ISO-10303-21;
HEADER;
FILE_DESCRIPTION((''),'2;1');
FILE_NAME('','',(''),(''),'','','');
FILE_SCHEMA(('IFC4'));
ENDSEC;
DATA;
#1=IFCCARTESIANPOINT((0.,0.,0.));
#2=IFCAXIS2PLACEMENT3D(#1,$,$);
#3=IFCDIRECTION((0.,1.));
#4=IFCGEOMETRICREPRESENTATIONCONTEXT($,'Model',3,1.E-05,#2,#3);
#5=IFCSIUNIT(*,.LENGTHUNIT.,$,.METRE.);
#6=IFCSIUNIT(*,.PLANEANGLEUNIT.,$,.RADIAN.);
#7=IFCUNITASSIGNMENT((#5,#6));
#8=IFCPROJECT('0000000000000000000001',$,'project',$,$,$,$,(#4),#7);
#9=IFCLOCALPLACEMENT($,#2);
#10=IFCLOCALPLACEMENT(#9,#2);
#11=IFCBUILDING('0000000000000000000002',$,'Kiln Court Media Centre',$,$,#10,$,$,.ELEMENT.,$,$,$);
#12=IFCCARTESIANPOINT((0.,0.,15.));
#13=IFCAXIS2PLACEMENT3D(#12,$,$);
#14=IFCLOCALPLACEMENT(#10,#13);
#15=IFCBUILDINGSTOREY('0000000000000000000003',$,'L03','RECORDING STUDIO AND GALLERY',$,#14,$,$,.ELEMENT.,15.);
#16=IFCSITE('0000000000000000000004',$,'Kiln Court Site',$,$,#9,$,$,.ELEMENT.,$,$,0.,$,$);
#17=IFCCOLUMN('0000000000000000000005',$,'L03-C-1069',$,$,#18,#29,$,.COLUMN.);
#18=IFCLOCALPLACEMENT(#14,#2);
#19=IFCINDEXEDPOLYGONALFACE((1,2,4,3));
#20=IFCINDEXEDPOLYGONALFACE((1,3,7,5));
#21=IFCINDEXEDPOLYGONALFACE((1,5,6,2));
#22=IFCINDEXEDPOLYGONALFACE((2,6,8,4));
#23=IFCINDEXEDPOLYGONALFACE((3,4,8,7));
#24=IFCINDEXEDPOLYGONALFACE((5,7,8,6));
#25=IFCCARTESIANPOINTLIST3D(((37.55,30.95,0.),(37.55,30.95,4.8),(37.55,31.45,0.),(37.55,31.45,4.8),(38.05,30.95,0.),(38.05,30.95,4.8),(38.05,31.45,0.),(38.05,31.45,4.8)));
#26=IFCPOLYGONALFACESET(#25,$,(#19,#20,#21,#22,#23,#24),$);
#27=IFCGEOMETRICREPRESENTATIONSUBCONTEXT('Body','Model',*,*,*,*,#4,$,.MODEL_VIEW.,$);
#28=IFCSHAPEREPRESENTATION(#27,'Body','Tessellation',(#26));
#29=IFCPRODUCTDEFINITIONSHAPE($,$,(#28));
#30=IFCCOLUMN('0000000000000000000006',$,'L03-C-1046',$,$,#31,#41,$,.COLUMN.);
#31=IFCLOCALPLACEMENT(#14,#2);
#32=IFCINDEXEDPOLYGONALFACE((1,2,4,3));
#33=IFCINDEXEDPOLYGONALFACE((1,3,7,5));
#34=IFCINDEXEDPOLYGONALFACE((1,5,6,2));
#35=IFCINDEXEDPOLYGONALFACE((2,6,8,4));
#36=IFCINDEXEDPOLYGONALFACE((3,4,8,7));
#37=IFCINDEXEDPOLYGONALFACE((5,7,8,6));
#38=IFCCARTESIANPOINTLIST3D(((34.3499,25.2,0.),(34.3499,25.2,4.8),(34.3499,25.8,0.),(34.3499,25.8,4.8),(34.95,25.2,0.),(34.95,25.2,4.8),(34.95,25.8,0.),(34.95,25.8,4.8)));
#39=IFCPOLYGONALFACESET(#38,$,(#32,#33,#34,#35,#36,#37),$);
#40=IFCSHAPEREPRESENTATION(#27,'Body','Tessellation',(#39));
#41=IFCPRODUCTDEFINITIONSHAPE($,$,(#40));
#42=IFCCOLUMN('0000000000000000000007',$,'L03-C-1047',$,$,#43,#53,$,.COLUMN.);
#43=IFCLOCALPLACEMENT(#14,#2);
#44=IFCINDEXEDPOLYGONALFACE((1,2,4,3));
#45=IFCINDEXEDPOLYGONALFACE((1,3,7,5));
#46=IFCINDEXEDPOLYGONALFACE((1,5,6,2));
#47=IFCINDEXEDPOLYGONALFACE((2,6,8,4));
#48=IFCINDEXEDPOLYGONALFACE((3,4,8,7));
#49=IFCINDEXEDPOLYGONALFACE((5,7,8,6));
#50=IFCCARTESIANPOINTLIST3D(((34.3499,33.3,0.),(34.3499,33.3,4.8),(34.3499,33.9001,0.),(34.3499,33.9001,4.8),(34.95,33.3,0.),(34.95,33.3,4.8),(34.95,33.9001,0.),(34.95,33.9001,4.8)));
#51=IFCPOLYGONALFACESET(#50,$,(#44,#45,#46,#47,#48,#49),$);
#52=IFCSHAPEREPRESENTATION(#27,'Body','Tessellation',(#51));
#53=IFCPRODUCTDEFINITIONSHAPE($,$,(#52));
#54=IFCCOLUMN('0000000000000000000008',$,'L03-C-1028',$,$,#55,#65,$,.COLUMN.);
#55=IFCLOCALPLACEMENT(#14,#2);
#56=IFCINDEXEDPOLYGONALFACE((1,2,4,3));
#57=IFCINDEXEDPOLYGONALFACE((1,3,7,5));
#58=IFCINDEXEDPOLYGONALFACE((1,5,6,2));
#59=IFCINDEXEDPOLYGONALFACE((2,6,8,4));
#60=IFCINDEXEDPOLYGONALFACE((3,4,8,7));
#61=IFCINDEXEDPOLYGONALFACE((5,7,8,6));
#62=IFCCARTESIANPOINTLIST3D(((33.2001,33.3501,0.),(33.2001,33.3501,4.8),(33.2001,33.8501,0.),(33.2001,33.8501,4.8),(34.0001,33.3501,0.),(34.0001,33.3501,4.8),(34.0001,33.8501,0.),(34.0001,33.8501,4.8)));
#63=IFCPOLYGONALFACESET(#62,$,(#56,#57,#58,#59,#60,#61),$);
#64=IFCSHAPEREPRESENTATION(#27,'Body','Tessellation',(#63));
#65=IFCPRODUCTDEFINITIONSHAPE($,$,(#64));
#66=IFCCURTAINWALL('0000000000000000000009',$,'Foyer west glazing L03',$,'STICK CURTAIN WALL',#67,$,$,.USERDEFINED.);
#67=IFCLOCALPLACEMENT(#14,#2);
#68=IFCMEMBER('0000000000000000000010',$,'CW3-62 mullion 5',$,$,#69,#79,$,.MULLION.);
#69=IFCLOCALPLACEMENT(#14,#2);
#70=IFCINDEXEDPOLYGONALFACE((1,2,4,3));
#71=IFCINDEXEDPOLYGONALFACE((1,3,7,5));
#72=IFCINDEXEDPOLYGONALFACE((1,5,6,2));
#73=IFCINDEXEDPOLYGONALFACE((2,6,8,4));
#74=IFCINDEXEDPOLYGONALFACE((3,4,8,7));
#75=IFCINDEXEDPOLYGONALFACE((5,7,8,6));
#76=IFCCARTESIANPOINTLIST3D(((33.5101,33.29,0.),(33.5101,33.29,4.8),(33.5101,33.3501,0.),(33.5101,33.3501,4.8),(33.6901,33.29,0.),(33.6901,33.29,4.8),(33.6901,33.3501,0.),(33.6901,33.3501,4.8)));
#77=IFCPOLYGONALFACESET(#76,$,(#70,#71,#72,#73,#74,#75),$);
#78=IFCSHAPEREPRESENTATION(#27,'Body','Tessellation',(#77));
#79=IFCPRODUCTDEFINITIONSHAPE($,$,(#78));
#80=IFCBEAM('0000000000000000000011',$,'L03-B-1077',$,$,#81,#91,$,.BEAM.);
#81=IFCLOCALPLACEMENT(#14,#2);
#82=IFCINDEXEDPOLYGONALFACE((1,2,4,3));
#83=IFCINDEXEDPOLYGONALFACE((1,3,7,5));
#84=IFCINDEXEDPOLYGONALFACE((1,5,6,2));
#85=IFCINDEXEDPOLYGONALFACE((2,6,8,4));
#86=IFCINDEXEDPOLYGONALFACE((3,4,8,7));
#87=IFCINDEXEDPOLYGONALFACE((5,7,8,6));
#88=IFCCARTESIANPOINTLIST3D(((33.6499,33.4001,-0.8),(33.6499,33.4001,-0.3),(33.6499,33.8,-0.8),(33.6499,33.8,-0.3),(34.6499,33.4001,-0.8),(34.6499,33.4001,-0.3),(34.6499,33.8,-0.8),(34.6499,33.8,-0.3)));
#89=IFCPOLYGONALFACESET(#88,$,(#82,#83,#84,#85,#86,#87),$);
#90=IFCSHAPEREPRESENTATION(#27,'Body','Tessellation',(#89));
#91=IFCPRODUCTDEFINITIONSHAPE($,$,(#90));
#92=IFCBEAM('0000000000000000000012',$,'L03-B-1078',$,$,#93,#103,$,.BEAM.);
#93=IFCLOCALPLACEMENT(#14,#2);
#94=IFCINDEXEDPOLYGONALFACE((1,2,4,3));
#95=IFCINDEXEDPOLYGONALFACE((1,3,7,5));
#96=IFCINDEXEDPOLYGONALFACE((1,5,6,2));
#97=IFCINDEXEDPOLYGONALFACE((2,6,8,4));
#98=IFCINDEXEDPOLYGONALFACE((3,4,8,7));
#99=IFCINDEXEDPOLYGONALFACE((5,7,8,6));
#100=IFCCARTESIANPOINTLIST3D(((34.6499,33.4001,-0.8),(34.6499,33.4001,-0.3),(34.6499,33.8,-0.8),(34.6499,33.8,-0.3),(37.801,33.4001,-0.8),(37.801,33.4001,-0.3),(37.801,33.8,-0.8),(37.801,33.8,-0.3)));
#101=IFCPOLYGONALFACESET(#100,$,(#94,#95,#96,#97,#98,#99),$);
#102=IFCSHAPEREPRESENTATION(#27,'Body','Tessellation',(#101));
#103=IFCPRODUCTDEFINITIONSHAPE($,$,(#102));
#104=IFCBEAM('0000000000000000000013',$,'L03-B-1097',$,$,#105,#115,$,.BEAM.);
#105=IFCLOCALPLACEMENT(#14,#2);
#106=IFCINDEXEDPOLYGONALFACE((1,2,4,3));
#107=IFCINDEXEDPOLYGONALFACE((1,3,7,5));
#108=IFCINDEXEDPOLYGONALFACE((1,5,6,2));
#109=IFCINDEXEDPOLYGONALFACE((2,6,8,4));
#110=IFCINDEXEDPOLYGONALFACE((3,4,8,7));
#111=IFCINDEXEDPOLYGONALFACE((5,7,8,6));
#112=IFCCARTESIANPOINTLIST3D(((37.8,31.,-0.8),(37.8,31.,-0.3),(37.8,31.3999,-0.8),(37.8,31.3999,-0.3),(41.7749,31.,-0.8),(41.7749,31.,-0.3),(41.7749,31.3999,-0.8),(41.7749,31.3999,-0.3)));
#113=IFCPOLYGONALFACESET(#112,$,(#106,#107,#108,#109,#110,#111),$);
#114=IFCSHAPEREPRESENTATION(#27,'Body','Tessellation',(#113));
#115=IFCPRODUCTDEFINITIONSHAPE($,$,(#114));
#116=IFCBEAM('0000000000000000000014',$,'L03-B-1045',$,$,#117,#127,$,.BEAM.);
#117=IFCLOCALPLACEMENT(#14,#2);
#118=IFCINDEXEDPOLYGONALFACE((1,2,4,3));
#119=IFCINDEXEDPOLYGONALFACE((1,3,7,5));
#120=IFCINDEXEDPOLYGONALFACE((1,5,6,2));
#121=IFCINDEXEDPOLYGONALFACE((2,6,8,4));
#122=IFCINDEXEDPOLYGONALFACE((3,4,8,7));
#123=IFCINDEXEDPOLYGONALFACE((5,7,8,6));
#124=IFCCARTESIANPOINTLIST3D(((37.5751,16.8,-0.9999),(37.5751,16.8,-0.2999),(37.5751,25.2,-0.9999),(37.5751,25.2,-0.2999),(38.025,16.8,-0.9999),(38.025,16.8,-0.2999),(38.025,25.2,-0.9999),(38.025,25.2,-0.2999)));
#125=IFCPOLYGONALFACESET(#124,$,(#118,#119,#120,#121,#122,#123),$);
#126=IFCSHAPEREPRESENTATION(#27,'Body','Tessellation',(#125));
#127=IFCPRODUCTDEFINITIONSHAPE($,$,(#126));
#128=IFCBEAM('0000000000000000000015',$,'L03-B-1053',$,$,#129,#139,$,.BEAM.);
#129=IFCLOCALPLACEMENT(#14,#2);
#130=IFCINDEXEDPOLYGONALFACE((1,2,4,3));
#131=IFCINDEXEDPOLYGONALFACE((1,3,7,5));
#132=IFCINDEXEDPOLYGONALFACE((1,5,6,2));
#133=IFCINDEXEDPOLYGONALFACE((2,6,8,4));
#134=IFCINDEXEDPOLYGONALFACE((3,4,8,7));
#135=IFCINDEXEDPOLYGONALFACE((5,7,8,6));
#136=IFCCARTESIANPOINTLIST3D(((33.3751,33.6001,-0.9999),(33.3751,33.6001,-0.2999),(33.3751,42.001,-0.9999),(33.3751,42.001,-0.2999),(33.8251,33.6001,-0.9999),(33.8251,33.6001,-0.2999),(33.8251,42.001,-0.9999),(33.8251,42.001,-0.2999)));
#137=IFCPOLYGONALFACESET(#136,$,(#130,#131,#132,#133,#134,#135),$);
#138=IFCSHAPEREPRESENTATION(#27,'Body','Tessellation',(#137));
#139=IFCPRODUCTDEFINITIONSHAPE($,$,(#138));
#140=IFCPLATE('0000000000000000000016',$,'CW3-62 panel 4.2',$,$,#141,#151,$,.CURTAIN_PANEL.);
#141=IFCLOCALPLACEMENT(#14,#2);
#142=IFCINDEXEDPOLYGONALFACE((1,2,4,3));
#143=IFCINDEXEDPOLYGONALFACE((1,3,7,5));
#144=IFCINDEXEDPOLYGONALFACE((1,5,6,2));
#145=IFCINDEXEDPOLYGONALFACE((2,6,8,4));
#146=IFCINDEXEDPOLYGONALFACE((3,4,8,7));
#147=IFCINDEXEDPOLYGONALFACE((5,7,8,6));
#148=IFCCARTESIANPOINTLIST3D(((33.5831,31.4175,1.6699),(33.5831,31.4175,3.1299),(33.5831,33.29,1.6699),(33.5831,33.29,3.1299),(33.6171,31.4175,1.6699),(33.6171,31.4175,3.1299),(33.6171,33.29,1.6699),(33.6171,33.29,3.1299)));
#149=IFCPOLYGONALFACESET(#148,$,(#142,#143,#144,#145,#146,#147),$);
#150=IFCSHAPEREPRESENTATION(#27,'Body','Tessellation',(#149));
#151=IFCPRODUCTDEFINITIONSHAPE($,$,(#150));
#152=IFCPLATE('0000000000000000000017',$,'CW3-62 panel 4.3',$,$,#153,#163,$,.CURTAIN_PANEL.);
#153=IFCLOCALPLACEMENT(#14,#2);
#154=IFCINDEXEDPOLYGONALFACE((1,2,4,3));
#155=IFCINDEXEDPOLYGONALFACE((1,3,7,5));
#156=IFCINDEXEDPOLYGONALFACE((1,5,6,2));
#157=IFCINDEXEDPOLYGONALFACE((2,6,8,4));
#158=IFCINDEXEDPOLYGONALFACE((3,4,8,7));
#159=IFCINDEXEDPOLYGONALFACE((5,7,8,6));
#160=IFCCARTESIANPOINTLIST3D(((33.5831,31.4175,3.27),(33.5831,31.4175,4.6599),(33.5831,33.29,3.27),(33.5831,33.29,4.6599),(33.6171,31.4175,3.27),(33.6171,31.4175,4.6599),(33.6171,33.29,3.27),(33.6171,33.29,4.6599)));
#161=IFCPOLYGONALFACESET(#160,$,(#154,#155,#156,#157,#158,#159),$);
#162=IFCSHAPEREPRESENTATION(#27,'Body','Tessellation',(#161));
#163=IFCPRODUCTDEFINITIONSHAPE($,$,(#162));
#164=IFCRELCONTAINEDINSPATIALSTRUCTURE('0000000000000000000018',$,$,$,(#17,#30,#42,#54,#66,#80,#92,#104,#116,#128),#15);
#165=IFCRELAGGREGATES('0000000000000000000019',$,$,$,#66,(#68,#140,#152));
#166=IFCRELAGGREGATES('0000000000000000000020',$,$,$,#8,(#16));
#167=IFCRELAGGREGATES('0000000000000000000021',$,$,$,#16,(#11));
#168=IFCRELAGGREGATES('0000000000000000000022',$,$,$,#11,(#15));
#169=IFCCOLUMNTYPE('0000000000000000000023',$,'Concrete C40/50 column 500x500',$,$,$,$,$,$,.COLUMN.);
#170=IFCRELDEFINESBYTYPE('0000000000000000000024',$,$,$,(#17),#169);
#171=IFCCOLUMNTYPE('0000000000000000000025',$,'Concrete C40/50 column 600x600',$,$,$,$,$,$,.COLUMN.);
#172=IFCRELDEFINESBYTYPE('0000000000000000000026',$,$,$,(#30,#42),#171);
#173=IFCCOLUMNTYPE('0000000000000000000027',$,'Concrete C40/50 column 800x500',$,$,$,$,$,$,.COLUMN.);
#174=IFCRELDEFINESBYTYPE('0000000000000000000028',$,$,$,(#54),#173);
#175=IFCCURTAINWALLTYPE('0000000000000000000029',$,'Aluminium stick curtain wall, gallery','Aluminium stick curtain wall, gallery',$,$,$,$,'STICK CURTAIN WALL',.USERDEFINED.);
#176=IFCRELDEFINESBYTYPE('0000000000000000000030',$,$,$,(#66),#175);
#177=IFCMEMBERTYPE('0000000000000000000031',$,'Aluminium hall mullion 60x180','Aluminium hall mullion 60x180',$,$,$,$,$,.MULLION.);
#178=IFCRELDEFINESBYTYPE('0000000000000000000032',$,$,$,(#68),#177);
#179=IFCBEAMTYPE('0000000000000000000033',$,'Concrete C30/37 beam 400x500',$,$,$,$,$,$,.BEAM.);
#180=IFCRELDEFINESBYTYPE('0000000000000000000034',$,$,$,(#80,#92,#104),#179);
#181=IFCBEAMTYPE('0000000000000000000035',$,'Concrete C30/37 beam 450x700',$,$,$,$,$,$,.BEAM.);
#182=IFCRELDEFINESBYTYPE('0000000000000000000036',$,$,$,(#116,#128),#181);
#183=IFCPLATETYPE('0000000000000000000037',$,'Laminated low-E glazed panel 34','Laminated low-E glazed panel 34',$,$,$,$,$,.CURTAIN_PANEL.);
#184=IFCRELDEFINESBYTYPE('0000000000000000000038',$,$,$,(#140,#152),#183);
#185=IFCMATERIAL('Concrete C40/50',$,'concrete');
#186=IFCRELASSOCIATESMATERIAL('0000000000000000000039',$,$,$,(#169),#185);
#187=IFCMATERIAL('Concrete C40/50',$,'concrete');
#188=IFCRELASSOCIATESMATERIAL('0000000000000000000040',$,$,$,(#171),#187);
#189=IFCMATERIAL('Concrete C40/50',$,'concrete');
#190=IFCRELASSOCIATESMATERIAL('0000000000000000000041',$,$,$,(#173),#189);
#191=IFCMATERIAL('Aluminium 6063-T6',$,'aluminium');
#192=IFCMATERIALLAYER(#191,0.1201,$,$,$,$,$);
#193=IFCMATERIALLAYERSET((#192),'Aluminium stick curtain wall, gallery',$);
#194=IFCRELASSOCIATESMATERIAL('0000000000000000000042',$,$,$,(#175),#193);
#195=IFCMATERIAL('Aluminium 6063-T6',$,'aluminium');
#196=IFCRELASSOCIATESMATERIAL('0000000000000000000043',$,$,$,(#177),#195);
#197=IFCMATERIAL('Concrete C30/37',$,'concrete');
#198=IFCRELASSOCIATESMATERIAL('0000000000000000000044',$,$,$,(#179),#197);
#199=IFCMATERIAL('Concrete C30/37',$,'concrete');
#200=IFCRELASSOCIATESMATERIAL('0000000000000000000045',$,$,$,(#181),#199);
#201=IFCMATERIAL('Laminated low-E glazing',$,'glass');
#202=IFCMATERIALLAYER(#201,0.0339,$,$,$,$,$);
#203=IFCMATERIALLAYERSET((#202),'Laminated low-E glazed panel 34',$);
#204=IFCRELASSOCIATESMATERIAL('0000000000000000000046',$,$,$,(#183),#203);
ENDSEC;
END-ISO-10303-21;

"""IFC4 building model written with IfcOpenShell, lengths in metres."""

from ifc_helpers import new_model, si_unit, direction, frame, origin, origin_2d, place, context, subcontext, project, spatial, rectangle, extrude, material, layer, layer_set, material_profile, profile_set, type_object, element, aggregate, save


model = new_model("IFC4")

# Units and contexts
model_context = context("Model", 3, precision=1e-05, world=origin(), true_north=direction((0.0, 1.0)))
body_context = subcontext(model_context, "Body", "Model", "MODEL_VIEW")
ifc_project = project(units=[si_unit("LENGTHUNIT", "METRE"), si_unit("PLANEANGLEUNIT", "RADIAN")], contexts=[model_context])

# Site, building, storey
site_placement = place(None, origin())
site = spatial("IfcSite", under=ifc_project, at=site_placement, Name="Kiln Court Site", CompositionType="ELEMENT", RefElevation=0.0)
building_placement = place(site_placement, origin())
building = spatial("IfcBuilding", under=site, at=building_placement, Name="Kiln Court Media Centre", CompositionType="ELEMENT")
storey_placement = place(building_placement, frame((0.0, 0.0, 15.0)))
storey = spatial("IfcBuildingStorey", under=building, at=storey_placement, Name="L03", Description="RECORDING STUDIO AND GALLERY", CompositionType="ELEMENT", Elevation=15.0)

# Columns
ifc_material_1 = material(Name="Concrete C40/50", Category="concrete")
ifc_material_profile_1 = material_profile(ifc_material_1, rectangle(XDim=0.5, YDim=0.5, at=origin_2d()), Name="RC 500x500")
ifc_profile_set_1 = profile_set([ifc_material_profile_1], Name="Concrete C40/50")
column_type_1 = type_object("IfcColumnType", Name="Concrete C40/50 column 500x500", PredefinedType="COLUMN", material=ifc_profile_set_1)
column_1_placement = place(storey_placement, frame((37.8, 31.2, 0.0), z_axis=(0.0, 0.0, 1.0), x_axis=(1.0, 0.0, 0.0)))
element("IfcColumn", 1, at=column_1_placement, inside=storey, type_object=column_type_1, Name="L03-C-1069", PredefinedType="COLUMN", context=body_context, shape_type="SweptSolid", body=[
    extrude(rectangle(XDim=0.5, YDim=0.5, at=origin_2d()), origin(), (0.0, 0.0, 1.0), 4.8),
])
ifc_material_2 = material(Name="Concrete C40/50", Category="concrete")
ifc_material_profile_2 = material_profile(ifc_material_2, rectangle(XDim=0.6001, YDim=0.6001, at=origin_2d()), Name="RC 600x600")
ifc_profile_set_2 = profile_set([ifc_material_profile_2], Name="Concrete C40/50")
column_type_2 = type_object("IfcColumnType", Name="Concrete C40/50 column 600x600", PredefinedType="COLUMN", material=ifc_profile_set_2)
for number, where, z_axis, x_axis, name in (
    (2, (34.6499, 25.5, 0.0), (0.0, 0.0, 1.0), (1.0, 0.0, 0.0), "L03-C-1046"),
    (3, (34.6499, 33.6001, 0.0), (0.0, 0.0, 1.0), (1.0, 0.0, 0.0), "L03-C-1047"),
):
    element("IfcColumn", number, at=place(storey_placement, frame(where, z_axis=z_axis, x_axis=x_axis)), inside=storey, type_object=column_type_2, Name=name, PredefinedType="COLUMN", context=body_context, shape_type="SweptSolid", body=[
        extrude(rectangle(XDim=0.6001, YDim=0.6001, at=origin_2d()), origin(), (0.0, 0.0, 1.0), 4.8),
    ])
ifc_material_3 = material(Name="Concrete C40/50", Category="concrete")
ifc_material_profile_3 = material_profile(ifc_material_3, rectangle(XDim=0.8, YDim=0.5, at=origin_2d()), Name="RC 800x500")
ifc_profile_set_3 = profile_set([ifc_material_profile_3], Name="Concrete C40/50")
column_type_3 = type_object("IfcColumnType", Name="Concrete C40/50 column 800x500", PredefinedType="COLUMN", material=ifc_profile_set_3)
column_2_placement = place(storey_placement, frame((33.6001, 33.6001, 0.0), z_axis=(0.0, 0.0, 1.0), x_axis=(1.0, 0.0, 0.0)))
element("IfcColumn", 4, at=column_2_placement, inside=storey, type_object=column_type_3, Name="L03-C-1028", PredefinedType="COLUMN", context=body_context, shape_type="SweptSolid", body=[
    extrude(rectangle(XDim=0.8, YDim=0.5, at=origin_2d()), origin(), (0.0, 0.0, 1.0), 4.8),
])

# Curtain wall, member
ifc_material_4 = material(Name="Aluminium 6063-T6", Category="aluminium")
ifc_layer_1 = layer(ifc_material_4, 0.1201)
ifc_layer_set_1 = layer_set([ifc_layer_1], Name="Aluminium stick curtain wall, gallery")
curtain_wall_type = type_object("IfcCurtainWallType", Name="Aluminium stick curtain wall, gallery", Description="Aluminium stick curtain wall, gallery", ElementType="STICK CURTAIN WALL", PredefinedType="USERDEFINED", material=ifc_layer_set_1)
curtain_wall_placement = place(storey_placement, origin())
curtain_wall = element("IfcCurtainWall", 5, at=curtain_wall_placement, inside=storey, type_object=curtain_wall_type, Name="Foyer west glazing L03", ObjectType="STICK CURTAIN WALL", PredefinedType="USERDEFINED")
ifc_material_5 = material(Name="Aluminium 6063-T6", Category="aluminium")
ifc_material_profile_4 = material_profile(ifc_material_5, rectangle(XDim=0.0601, YDim=0.1799, at=origin_2d()), Name="Aluminium hall mullion 60x180")
ifc_profile_set_4 = profile_set([ifc_material_profile_4], Name="Aluminium 6063-T6")
member_type = type_object("IfcMemberType", Name="Aluminium hall mullion 60x180", Description="Aluminium hall mullion 60x180", PredefinedType="MULLION", material=ifc_profile_set_4)
member_placement = place(storey_placement, frame((33.6001, 33.3201, 0.0), z_axis=(0.0, 0.0, 1.0), x_axis=(0.0, 1.0, 0.0)))
member = element("IfcMember", 6, at=member_placement, type_object=member_type, Name="CW3-62 mullion 5", PredefinedType="MULLION", context=body_context, shape_type="SweptSolid", body=[
    extrude(rectangle(XDim=0.0601, YDim=0.1799, at=origin_2d()), origin(), (0.0, 0.0, 1.0), 4.8),
])

# Beams
ifc_material_6 = material(Name="Concrete C30/37", Category="concrete")
ifc_material_profile_5 = material_profile(ifc_material_6, rectangle(XDim=0.3999, YDim=0.5, at=origin_2d()), Name="RC 400x500")
ifc_profile_set_5 = profile_set([ifc_material_profile_5], Name="Concrete C30/37")
beam_type_1 = type_object("IfcBeamType", Name="Concrete C30/37 beam 400x500", PredefinedType="BEAM", material=ifc_profile_set_5)
beam_1_placement = place(storey_placement, frame((33.6499, 33.6001, -0.55), z_axis=(1.0, 0.0, 0.0), x_axis=(0.0, 1.0, 0.0)))
element("IfcBeam", 7, at=beam_1_placement, inside=storey, type_object=beam_type_1, Name="L03-B-1077", PredefinedType="BEAM", context=body_context, shape_type="SweptSolid", body=[
    extrude(rectangle(XDim=0.3999, YDim=0.5, at=origin_2d()), origin(), (0.0, 0.0, 1.0), 1.0),
])
beam_2_placement = place(storey_placement, frame((34.6499, 33.6001, -0.55), z_axis=(1.0, 0.0, 0.0), x_axis=(0.0, 1.0, 0.0)))
element("IfcBeam", 8, at=beam_2_placement, inside=storey, type_object=beam_type_1, Name="L03-B-1078", PredefinedType="BEAM", context=body_context, shape_type="SweptSolid", body=[
    extrude(rectangle(XDim=0.3999, YDim=0.5, at=origin_2d()), origin(), (0.0, 0.0, 1.0), 3.1511),
])
beam_3_placement = place(storey_placement, frame((37.8, 31.2, -0.55), z_axis=(1.0, 0.0, 0.0), x_axis=(0.0, 1.0, 0.0)))
element("IfcBeam", 9, at=beam_3_placement, inside=storey, type_object=beam_type_1, Name="L03-B-1097", PredefinedType="BEAM", context=body_context, shape_type="SweptSolid", body=[
    extrude(rectangle(XDim=0.3999, YDim=0.5, at=origin_2d()), origin(), (0.0, 0.0, 1.0), 3.9749),
])
ifc_material_7 = material(Name="Concrete C30/37", Category="concrete")
ifc_material_profile_6 = material_profile(ifc_material_7, rectangle(XDim=0.45, YDim=0.7, at=origin_2d()), Name="RC 450x700")
ifc_profile_set_6 = profile_set([ifc_material_profile_6], Name="Concrete C30/37")
beam_type_2 = type_object("IfcBeamType", Name="Concrete C30/37 beam 450x700", PredefinedType="BEAM", material=ifc_profile_set_6)
beam_4_placement = place(storey_placement, frame((37.8, 25.2, -0.6499), z_axis=(0.0, -1.0, 0.0), x_axis=(1.0, 0.0, 0.0)))
element("IfcBeam", 10, at=beam_4_placement, inside=storey, type_object=beam_type_2, Name="L03-B-1045", PredefinedType="BEAM", context=body_context, shape_type="SweptSolid", body=[
    extrude(rectangle(XDim=0.45, YDim=0.7, at=origin_2d()), origin(), (0.0, 0.0, 1.0), 8.3999),
])
beam_5_placement = place(storey_placement, frame((33.6001, 33.6001, -0.6499), z_axis=(0.0, 1.0, 0.0), x_axis=(-1.0, 0.0, 0.0)))
element("IfcBeam", 11, at=beam_5_placement, inside=storey, type_object=beam_type_2, Name="L03-B-1053", PredefinedType="BEAM", context=body_context, shape_type="SweptSolid", body=[
    extrude(rectangle(XDim=0.45, YDim=0.7, at=origin_2d()), origin(), (0.0, 0.0, 1.0), 8.4009),
])

# Plates
ifc_material_8 = material(Name="Laminated low-E glazing", Category="glass")
ifc_layer_2 = layer(ifc_material_8, 0.0339)
ifc_layer_set_2 = layer_set([ifc_layer_2], Name="Laminated low-E glazed panel 34")
plate_type = type_object("IfcPlateType", Name="Laminated low-E glazed panel 34", Description="Laminated low-E glazed panel 34", PredefinedType="CURTAIN_PANEL", material=ifc_layer_set_2)
plate_1_placement = place(storey_placement, frame((33.6001, 32.3538, 1.6699), z_axis=(0.0, 0.0, 1.0), x_axis=(0.0, 1.0, 0.0)))
plate_1 = element("IfcPlate", 12, at=plate_1_placement, type_object=plate_type, Name="CW3-62 panel 4.2", PredefinedType="CURTAIN_PANEL", context=body_context, shape_type="SweptSolid", body=[
    extrude(rectangle(XDim=1.8726, YDim=0.0339, at=origin_2d()), origin(), (0.0, 0.0, 1.0), 1.46),
])
plate_2_placement = place(storey_placement, frame((33.6001, 32.3538, 3.27), z_axis=(0.0, 0.0, 1.0), x_axis=(0.0, 1.0, 0.0)))
plate_2 = element("IfcPlate", 13, at=plate_2_placement, type_object=plate_type, Name="CW3-62 panel 4.3", PredefinedType="CURTAIN_PANEL", context=body_context, shape_type="SweptSolid", body=[
    extrude(rectangle(XDim=1.8726, YDim=0.0339, at=origin_2d()), origin(), (0.0, 0.0, 1.0), 1.3899),
])
aggregate(curtain_wall, [member, plate_1, plate_2])

save(model, "model.ifc")
